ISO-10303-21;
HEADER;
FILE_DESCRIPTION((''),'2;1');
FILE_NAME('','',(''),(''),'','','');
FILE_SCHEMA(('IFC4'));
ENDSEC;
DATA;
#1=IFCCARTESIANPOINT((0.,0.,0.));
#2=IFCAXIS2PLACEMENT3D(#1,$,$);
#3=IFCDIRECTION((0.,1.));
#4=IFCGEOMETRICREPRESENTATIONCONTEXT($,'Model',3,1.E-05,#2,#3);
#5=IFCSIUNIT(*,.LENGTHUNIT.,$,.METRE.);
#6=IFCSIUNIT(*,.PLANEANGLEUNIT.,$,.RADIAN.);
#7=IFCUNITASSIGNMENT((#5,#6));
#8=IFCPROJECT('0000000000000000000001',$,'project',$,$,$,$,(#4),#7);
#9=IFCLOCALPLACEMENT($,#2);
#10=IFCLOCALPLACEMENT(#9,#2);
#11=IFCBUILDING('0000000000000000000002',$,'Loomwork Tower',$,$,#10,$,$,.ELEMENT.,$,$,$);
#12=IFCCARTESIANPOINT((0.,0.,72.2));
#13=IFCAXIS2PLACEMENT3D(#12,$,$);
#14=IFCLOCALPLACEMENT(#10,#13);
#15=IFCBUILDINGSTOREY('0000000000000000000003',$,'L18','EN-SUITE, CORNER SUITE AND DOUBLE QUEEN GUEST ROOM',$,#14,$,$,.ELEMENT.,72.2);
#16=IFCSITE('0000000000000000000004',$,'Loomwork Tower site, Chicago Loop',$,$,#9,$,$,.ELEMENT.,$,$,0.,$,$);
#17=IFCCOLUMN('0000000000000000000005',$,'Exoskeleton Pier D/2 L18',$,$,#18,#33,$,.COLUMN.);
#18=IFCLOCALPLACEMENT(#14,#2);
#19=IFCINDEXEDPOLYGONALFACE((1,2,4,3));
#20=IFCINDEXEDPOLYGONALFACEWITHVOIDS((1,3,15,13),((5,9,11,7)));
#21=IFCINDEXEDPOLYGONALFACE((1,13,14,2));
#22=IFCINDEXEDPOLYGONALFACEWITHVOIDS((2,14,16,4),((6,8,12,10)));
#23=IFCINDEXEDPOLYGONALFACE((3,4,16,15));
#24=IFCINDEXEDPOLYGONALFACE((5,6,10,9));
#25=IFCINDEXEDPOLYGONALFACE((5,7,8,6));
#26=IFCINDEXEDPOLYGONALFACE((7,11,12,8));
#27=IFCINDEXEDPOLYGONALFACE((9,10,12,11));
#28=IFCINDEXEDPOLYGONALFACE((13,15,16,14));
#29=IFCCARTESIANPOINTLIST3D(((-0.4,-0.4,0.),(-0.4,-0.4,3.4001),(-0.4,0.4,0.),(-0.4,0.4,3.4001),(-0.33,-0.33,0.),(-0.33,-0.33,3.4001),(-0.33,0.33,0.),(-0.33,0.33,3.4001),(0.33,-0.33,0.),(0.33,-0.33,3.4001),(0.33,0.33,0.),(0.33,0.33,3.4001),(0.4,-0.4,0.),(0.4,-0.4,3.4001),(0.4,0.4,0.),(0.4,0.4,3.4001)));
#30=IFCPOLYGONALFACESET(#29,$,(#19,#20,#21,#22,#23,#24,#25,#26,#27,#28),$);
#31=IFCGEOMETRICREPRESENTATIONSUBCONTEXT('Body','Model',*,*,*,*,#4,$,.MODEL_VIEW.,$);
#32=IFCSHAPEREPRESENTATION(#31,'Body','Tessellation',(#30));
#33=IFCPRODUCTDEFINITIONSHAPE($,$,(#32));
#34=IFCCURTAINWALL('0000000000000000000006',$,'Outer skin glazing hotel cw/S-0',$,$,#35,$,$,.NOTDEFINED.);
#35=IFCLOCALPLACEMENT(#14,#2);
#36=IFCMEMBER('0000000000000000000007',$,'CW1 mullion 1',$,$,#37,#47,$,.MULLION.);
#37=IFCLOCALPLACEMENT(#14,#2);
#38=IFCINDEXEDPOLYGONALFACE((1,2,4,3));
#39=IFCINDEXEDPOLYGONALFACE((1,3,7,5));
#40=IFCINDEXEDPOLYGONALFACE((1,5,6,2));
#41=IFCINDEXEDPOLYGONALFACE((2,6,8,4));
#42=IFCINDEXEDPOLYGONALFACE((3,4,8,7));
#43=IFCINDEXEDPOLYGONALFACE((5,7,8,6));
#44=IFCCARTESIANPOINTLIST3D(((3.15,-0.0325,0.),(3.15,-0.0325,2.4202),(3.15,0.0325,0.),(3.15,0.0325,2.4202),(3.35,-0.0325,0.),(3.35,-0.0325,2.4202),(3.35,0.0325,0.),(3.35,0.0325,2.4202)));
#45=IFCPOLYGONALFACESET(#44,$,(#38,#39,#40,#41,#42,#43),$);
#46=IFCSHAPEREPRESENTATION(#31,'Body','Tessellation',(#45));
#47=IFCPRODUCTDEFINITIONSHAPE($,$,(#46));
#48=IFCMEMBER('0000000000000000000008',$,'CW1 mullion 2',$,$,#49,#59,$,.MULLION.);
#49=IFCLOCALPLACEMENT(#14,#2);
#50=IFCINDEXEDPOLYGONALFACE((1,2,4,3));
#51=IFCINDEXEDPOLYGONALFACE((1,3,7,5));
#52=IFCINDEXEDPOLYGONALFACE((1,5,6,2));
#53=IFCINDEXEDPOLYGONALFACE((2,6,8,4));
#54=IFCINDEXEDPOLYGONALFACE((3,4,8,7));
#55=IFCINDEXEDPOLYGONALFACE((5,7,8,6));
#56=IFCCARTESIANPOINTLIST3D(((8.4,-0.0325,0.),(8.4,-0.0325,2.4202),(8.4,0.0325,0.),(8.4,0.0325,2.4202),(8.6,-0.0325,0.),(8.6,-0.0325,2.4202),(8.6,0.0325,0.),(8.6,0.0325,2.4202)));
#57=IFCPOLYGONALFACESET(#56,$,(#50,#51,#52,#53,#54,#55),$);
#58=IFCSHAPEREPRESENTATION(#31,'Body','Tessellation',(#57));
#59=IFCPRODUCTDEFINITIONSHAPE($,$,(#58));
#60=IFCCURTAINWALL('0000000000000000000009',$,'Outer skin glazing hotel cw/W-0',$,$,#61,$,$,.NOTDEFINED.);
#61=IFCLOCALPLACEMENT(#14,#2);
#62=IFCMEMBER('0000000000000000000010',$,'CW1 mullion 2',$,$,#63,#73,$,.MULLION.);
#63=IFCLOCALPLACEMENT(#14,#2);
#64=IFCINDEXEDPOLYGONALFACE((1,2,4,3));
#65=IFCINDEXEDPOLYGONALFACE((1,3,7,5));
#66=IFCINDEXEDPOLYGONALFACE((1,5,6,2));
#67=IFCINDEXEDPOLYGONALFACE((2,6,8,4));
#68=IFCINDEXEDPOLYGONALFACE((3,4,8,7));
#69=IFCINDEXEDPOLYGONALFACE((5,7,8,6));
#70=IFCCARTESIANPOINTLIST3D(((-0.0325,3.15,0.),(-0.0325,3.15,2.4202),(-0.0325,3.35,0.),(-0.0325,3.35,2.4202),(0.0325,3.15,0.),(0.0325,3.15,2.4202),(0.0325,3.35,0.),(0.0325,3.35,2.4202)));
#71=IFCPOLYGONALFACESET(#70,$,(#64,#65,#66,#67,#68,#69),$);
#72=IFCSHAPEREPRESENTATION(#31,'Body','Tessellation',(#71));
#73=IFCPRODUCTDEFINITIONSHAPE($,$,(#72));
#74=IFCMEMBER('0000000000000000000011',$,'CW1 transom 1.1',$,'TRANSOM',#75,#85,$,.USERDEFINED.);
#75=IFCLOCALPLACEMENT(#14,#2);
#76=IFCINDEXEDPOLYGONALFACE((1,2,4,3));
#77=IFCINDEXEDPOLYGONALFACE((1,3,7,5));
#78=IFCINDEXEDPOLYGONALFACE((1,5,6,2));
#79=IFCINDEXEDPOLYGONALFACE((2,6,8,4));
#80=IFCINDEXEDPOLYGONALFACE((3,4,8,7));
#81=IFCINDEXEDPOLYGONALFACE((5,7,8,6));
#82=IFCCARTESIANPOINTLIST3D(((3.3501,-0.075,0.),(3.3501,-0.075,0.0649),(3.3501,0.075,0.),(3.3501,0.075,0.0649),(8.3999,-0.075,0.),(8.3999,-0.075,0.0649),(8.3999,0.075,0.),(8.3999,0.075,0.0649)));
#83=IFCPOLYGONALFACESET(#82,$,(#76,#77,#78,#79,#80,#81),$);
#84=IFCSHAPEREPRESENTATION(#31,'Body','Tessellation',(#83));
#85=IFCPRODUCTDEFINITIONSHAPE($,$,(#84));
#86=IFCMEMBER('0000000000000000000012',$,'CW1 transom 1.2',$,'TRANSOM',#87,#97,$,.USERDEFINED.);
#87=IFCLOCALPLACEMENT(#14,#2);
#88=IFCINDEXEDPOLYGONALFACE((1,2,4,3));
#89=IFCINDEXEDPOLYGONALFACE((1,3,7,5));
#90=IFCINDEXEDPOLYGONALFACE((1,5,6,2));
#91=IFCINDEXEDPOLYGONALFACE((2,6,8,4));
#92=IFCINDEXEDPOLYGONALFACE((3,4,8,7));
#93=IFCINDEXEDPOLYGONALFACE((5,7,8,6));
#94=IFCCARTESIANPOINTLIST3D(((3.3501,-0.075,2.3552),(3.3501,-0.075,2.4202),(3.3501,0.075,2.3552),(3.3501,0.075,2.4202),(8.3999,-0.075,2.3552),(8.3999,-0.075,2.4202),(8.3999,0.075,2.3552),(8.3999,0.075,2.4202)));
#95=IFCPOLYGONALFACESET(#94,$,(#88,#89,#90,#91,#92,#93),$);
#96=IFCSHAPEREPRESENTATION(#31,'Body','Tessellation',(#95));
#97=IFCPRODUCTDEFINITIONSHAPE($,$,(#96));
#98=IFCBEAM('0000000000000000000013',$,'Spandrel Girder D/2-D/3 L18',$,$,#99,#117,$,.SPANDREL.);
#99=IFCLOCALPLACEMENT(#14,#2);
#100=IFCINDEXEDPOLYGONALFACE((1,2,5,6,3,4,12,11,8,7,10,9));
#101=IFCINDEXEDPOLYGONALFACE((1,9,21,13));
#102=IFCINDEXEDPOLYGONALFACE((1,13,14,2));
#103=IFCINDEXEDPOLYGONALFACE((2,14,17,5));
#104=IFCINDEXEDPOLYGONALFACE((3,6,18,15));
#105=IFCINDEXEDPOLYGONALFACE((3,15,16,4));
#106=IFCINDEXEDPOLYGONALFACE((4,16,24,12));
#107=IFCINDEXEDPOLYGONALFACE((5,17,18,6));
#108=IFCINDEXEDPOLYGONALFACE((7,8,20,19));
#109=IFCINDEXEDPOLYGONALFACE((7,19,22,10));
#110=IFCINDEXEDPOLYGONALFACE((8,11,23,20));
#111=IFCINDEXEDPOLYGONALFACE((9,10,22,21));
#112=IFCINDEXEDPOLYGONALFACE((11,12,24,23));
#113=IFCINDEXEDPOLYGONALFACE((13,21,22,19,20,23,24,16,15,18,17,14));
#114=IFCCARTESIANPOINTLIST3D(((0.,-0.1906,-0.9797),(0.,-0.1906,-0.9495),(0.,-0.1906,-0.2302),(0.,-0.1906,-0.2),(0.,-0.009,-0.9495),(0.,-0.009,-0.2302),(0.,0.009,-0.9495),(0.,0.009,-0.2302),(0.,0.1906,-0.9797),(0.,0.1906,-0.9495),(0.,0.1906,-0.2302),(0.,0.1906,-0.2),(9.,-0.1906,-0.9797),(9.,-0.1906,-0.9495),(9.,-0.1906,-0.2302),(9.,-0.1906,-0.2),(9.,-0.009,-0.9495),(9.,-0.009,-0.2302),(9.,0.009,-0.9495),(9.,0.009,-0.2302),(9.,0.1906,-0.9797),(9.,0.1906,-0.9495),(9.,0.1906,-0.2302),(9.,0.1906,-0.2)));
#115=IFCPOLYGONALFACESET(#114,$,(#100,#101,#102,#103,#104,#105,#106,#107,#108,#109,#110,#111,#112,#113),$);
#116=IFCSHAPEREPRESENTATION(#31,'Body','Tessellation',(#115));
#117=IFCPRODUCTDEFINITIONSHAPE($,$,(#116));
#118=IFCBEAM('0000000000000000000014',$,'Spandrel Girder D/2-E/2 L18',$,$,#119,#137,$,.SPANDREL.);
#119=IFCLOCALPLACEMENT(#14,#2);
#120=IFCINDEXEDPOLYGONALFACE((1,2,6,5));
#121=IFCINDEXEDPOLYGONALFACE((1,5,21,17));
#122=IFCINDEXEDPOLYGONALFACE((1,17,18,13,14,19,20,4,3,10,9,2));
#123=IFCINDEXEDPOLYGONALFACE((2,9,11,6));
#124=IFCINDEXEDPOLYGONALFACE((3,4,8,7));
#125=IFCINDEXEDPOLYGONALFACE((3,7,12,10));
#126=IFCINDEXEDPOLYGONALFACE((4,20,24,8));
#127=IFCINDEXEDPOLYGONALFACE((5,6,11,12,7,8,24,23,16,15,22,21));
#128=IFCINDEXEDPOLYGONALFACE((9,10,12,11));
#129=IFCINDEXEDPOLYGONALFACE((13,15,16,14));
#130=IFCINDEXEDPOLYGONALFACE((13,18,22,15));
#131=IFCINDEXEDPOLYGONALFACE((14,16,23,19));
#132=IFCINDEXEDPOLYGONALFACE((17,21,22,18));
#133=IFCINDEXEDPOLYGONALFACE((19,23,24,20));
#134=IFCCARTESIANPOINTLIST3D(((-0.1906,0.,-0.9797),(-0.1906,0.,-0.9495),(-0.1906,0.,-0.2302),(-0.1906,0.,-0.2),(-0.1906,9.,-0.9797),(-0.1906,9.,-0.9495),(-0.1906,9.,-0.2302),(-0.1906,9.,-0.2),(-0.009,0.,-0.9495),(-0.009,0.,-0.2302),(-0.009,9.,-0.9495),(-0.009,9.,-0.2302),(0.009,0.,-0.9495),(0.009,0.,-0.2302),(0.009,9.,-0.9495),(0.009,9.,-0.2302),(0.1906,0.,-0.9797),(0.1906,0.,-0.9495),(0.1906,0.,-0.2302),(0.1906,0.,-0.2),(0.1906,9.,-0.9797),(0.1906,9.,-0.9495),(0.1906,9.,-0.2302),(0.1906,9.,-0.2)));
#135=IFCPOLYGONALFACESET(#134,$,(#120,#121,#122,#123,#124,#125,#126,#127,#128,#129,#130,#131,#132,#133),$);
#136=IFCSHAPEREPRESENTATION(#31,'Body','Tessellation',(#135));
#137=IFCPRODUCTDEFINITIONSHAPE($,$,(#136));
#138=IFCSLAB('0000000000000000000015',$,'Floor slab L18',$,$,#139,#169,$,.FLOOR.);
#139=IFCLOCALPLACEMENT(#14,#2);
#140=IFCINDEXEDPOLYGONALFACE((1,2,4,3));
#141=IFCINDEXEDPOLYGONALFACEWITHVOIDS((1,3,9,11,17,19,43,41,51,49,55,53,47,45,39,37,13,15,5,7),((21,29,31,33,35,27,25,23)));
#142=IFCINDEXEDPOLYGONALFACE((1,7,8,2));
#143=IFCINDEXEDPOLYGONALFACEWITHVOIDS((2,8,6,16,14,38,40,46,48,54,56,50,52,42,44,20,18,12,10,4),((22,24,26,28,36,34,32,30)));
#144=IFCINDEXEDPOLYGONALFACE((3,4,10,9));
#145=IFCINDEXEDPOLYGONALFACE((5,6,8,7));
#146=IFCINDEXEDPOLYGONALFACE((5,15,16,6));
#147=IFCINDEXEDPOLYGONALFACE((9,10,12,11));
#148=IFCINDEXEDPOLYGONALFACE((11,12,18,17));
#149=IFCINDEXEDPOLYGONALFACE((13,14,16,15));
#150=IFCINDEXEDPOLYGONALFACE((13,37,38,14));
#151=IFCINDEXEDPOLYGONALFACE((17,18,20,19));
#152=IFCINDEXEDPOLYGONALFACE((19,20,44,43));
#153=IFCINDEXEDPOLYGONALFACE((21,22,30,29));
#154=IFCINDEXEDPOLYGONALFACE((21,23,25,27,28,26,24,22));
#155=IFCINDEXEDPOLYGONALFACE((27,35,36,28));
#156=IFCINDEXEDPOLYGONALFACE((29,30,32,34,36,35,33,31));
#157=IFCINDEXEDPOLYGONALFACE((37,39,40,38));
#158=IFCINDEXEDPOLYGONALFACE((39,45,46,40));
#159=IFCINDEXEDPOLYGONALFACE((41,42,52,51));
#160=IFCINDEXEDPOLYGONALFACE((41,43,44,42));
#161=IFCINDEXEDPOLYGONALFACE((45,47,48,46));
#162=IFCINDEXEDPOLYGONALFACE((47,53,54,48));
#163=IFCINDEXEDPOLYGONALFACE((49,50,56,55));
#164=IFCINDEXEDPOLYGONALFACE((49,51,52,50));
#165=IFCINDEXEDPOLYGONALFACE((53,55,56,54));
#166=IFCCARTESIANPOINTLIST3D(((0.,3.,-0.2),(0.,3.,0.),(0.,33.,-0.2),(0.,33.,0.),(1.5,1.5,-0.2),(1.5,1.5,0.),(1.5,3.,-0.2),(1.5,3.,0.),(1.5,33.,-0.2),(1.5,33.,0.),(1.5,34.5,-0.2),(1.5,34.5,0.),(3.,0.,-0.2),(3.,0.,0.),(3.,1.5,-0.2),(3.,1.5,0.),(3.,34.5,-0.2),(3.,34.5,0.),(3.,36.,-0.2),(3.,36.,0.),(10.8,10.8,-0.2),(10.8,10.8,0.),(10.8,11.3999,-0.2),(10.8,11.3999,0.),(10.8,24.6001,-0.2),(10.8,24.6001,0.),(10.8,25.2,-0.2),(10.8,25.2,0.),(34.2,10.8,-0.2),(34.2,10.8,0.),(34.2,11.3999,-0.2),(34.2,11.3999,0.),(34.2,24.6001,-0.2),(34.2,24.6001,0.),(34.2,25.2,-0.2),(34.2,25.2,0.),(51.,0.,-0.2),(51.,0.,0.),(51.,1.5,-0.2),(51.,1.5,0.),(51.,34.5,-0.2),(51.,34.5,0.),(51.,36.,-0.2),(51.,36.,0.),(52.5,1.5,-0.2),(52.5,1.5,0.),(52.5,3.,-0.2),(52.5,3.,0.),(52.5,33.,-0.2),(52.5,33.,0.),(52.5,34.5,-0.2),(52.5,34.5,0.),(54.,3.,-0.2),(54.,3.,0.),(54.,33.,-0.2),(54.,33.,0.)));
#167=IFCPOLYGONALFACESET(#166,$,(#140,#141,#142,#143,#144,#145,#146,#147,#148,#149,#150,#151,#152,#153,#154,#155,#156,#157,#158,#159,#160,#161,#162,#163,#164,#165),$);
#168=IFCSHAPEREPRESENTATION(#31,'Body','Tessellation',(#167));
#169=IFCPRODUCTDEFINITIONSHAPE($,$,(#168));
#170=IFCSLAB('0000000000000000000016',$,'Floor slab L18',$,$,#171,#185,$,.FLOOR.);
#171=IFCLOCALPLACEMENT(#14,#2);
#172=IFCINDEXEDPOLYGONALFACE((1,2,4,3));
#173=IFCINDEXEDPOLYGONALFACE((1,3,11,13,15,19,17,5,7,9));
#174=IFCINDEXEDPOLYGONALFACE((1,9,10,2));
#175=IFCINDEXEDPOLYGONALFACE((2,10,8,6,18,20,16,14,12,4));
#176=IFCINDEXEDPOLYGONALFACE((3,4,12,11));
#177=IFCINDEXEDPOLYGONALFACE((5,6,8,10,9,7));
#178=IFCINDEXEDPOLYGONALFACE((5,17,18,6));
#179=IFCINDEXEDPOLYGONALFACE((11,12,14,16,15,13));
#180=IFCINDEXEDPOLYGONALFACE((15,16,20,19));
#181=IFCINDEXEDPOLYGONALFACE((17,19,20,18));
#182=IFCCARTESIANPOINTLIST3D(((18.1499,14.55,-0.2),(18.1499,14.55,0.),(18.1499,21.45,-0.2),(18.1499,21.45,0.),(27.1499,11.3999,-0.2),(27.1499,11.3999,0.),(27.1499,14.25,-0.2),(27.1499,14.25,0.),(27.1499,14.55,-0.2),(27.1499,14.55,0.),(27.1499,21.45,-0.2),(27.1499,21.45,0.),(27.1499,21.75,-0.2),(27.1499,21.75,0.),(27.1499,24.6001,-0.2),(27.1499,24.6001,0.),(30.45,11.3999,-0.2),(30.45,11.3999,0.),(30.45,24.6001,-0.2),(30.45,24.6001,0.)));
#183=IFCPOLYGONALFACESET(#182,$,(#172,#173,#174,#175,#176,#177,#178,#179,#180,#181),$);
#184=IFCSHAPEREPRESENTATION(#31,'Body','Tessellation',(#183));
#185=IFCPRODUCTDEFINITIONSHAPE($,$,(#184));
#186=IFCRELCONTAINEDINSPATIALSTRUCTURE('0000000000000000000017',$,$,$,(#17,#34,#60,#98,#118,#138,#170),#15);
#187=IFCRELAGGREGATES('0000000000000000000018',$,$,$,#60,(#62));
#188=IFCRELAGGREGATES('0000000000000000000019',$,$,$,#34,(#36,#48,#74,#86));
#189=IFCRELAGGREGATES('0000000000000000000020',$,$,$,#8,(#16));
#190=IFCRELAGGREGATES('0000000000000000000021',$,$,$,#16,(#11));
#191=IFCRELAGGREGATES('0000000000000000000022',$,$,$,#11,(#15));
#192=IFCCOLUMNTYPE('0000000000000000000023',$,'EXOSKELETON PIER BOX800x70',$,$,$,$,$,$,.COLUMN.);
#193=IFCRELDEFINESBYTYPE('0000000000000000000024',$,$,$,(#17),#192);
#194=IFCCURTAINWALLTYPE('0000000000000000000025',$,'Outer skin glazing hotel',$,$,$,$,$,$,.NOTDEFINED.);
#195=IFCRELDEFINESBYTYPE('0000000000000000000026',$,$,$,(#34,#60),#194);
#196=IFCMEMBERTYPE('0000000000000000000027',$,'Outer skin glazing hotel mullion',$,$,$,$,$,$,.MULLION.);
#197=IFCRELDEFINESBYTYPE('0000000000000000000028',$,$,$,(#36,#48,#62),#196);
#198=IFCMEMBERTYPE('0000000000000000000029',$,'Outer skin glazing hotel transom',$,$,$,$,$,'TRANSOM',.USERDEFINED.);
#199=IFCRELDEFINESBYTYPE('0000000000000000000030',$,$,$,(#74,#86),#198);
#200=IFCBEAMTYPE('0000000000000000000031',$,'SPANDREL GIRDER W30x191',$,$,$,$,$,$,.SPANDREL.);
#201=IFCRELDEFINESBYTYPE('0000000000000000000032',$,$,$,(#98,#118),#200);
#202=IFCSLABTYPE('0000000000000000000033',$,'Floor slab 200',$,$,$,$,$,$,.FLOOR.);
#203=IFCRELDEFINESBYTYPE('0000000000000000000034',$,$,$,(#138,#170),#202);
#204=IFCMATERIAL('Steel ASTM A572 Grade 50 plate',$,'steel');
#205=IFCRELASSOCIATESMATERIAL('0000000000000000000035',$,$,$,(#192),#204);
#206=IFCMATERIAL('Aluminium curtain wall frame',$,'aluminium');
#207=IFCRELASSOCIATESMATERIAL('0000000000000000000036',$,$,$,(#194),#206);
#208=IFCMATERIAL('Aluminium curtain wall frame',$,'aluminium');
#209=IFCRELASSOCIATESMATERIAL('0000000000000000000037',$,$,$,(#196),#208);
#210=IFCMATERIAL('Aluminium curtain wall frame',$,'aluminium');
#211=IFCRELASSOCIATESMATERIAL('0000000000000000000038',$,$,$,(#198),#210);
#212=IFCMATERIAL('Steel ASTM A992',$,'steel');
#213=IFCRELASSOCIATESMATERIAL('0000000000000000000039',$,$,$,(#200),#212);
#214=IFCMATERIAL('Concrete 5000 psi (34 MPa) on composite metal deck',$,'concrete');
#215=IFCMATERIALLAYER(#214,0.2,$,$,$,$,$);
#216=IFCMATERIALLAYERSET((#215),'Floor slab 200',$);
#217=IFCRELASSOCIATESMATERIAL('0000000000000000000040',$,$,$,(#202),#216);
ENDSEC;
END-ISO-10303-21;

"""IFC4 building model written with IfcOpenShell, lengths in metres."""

from ifc_helpers import new_model, si_unit, direction, frame, origin, origin_with_axes, origin_2d, place, context, subcontext, project, spatial, polyline, rectangle, hollow_rectangle, i_section, outline, extrude, material, layer, layer_set, material_profile, profile_set, type_object, element, aggregate, save


model = new_model("IFC4")

# Units and contexts
model_context = context("Model", 3, precision=1e-05, world=origin(), true_north=direction((0.0, 1.0)))
body_context = subcontext(model_context, "Body", "Model", "MODEL_VIEW")
ifc_project = project(units=[si_unit("LENGTHUNIT", "METRE"), si_unit("PLANEANGLEUNIT", "RADIAN")], contexts=[model_context])

# Site, building, storey
site_placement = place(None, origin())
site = spatial("IfcSite", under=ifc_project, at=site_placement, Name="Loomwork Tower site, Chicago Loop", CompositionType="ELEMENT", RefElevation=0.0)
building_placement = place(site_placement, origin())
building = spatial("IfcBuilding", under=site, at=building_placement, Name="Loomwork Tower", CompositionType="ELEMENT")
storey_placement = place(building_placement, frame((0.0, 0.0, 72.2)))
storey = spatial("IfcBuildingStorey", under=building, at=storey_placement, Name="L18", Description="EN-SUITE, CORNER SUITE AND DOUBLE QUEEN GUEST ROOM", CompositionType="ELEMENT", Elevation=72.2)

# Column
ifc_material_1 = material(Name="Steel ASTM A572 Grade 50 plate", Category="steel")
ifc_material_profile_1 = material_profile(ifc_material_1, hollow_rectangle(XDim=0.8, YDim=0.8, WallThickness=0.0701, at=origin_2d()), Name="BOX800x70")
ifc_profile_set_1 = profile_set([ifc_material_profile_1], Name="Steel ASTM A572 Grade 50 plate")
column_type = type_object("IfcColumnType", Name="EXOSKELETON PIER BOX800x70", PredefinedType="COLUMN", material=ifc_profile_set_1)
column_placement = place(storey_placement, origin_with_axes())
element("IfcColumn", 1, at=column_placement, inside=storey, type_object=column_type, Name="Exoskeleton Pier D/2 L18", PredefinedType="COLUMN", context=body_context, shape_type="SweptSolid", body=[
    extrude(hollow_rectangle(XDim=0.8, YDim=0.8, WallThickness=0.0701, at=origin_2d()), origin(), (0.0, 0.0, 1.0), 3.4001),
])

# Curtain wall, members
ifc_material_2 = material(Name="Aluminium curtain wall frame", Category="aluminium")
curtain_wall_type = type_object("IfcCurtainWallType", Name="Outer skin glazing hotel", PredefinedType="NOTDEFINED", material=ifc_material_2)
curtain_wall_1_placement = place(storey_placement, origin())
curtain_wall_1 = element("IfcCurtainWall", 2, at=curtain_wall_1_placement, inside=storey, type_object=curtain_wall_type, Name="Outer skin glazing hotel cw/S-0", PredefinedType="NOTDEFINED")
ifc_material_3 = material(Name="Aluminium curtain wall frame", Category="aluminium")
ifc_material_profile_2 = material_profile(ifc_material_3, rectangle(XDim=0.0649, YDim=0.2, at=origin_2d()), Name="AL 65x200")
ifc_profile_set_2 = profile_set([ifc_material_profile_2], Name="Aluminium curtain wall frame")
member_type_1 = type_object("IfcMemberType", Name="Outer skin glazing hotel mullion", PredefinedType="MULLION", material=ifc_profile_set_2)
member_1_placement = place(storey_placement, frame((3.25, 0.0, 0.0), z_axis=(0.0, 0.0, 1.0), x_axis=(0.0, 1.0, 0.0)))
member_1 = element("IfcMember", 3, at=member_1_placement, type_object=member_type_1, Name="CW1 mullion 1", PredefinedType="MULLION", context=body_context, shape_type="SweptSolid", body=[
    extrude(rectangle(XDim=0.0649, YDim=0.2, at=origin_2d()), origin(), (0.0, 0.0, 1.0), 2.4202),
])
member_2_placement = place(storey_placement, frame((8.5, 0.0, 0.0), z_axis=(0.0, 0.0, 1.0), x_axis=(0.0, 1.0, 0.0)))
member_2 = element("IfcMember", 4, at=member_2_placement, type_object=member_type_1, Name="CW1 mullion 2", PredefinedType="MULLION", context=body_context, shape_type="SweptSolid", body=[
    extrude(rectangle(XDim=0.0649, YDim=0.2, at=origin_2d()), origin(), (0.0, 0.0, 1.0), 2.4202),
])

# Curtain wall, member
curtain_wall_2_placement = place(storey_placement, origin())
curtain_wall_2 = element("IfcCurtainWall", 5, at=curtain_wall_2_placement, inside=storey, type_object=curtain_wall_type, Name="Outer skin glazing hotel cw/W-0", PredefinedType="NOTDEFINED")
member_3_placement = place(storey_placement, frame((0.0, 3.25, 0.0), z_axis=(0.0, 0.0, 1.0), x_axis=(1.0, 0.0, 0.0)))
member_3 = element("IfcMember", 6, at=member_3_placement, type_object=member_type_1, Name="CW1 mullion 2", PredefinedType="MULLION", context=body_context, shape_type="SweptSolid", body=[
    extrude(rectangle(XDim=0.0649, YDim=0.2, at=origin_2d()), origin(), (0.0, 0.0, 1.0), 2.4202),
])
aggregate(curtain_wall_2, [member_3])

# Members
ifc_material_4 = material(Name="Aluminium curtain wall frame", Category="aluminium")
ifc_material_profile_3 = material_profile(ifc_material_4, rectangle(XDim=0.1499, YDim=0.0649, at=origin_2d()), Name="AL 65x150")
ifc_profile_set_3 = profile_set([ifc_material_profile_3], Name="Aluminium curtain wall frame")
member_type_2 = type_object("IfcMemberType", Name="Outer skin glazing hotel transom", ElementType="TRANSOM", PredefinedType="USERDEFINED", material=ifc_profile_set_3)
member_4_placement = place(storey_placement, frame((3.3501, 0.0, 0.0325), z_axis=(1.0, 0.0, 0.0), x_axis=(0.0, 1.0, 0.0)))
member_4 = element("IfcMember", 7, at=member_4_placement, type_object=member_type_2, Name="CW1 transom 1.1", ObjectType="TRANSOM", PredefinedType="USERDEFINED", context=body_context, shape_type="SweptSolid", body=[
    extrude(rectangle(XDim=0.1499, YDim=0.0649, at=origin_2d()), origin(), (0.0, 0.0, 1.0), 5.0498),
])
member_5_placement = place(storey_placement, frame((3.3501, 0.0, 2.3877), z_axis=(1.0, 0.0, 0.0), x_axis=(0.0, 1.0, 0.0)))
member_5 = element("IfcMember", 8, at=member_5_placement, type_object=member_type_2, Name="CW1 transom 1.2", ObjectType="TRANSOM", PredefinedType="USERDEFINED", context=body_context, shape_type="SweptSolid", body=[
    extrude(rectangle(XDim=0.1499, YDim=0.0649, at=origin_2d()), origin(), (0.0, 0.0, 1.0), 5.0498),
])

# Beams
ifc_material_5 = material(Name="Steel ASTM A992", Category="steel")
ifc_material_profile_4 = material_profile(ifc_material_5, i_section(OverallWidth=0.3811, OverallDepth=0.7798, WebThickness=0.0181, FlangeThickness=0.0303, at=origin_2d()), Name="W30x191")
ifc_profile_set_4 = profile_set([ifc_material_profile_4], Name="Steel ASTM A992")
beam_type = type_object("IfcBeamType", Name="SPANDREL GIRDER W30x191", PredefinedType="SPANDREL", material=ifc_profile_set_4)
for number, where, z_axis, x_axis, name in (
    (9, (0.0, 0.0, -0.5898), (1.0, 0.0, 0.0), (0.0, 1.0, 0.0), "Spandrel Girder D/2-D/3 L18"),
    (10, (0.0, 0.0, -0.5898), (0.0, 1.0, 0.0), (-1.0, 0.0, 0.0), "Spandrel Girder D/2-E/2 L18"),
):
    element("IfcBeam", number, at=place(storey_placement, frame(where, z_axis=z_axis, x_axis=x_axis)), inside=storey, type_object=beam_type, Name=name, PredefinedType="SPANDREL", context=body_context, shape_type="SweptSolid", body=[
        extrude(i_section(OverallWidth=0.3811, OverallDepth=0.7798, WebThickness=0.0181, FlangeThickness=0.0303, at=origin_2d()), origin(), (0.0, 0.0, 1.0), 9.0),
    ])

# Slabs
ifc_material_6 = material(Name="Concrete 5000 psi (34 MPa) on composite metal deck", Category="concrete")
ifc_layer_1 = layer(ifc_material_6, 0.2)
ifc_layer_set_1 = layer_set([ifc_layer_1], Name="Floor slab 200")
slab_type_1 = type_object("IfcSlabType", Name="Floor slab 200", PredefinedType="FLOOR", material=ifc_layer_set_1)
slab_1_placement = place(storey_placement, frame((0.0, 0.0, -0.2)))
element("IfcSlab", 11, at=slab_1_placement, inside=storey, type_object=slab_type_1, Name="Floor slab L18", PredefinedType="FLOOR", context=body_context, shape_type="SweptSolid", body=[
    extrude(outline(polyline([(3.0, 1.5), (1.5, 1.5), (1.5, 3.0), (0.0, 3.0), (0.0, 33.0), (1.5, 33.0), (1.5, 34.5), (3.0, 34.5), (3.0, 36.0), (51.0, 36.0), (51.0, 34.5), (52.5, 34.5), (52.5, 33.0), (54.0, 33.0), (54.0, 3.0), (52.5, 3.0), (52.5, 1.5), (51.0, 1.5), (51.0, 0.0), (3.0, 0.0), (3.0, 1.5)]), holes=[polyline([(10.8, 11.3999), (10.8, 11.3999), (10.8, 10.8), (34.2, 10.8), (34.2, 11.3999), (34.2, 11.3999), (34.2, 24.6001), (34.2, 25.2), (10.8, 25.2), (10.8, 24.6001), (10.8, 11.3999)])]), origin(), (0.0, 0.0, 1.0), 0.2),
])
slab_2_placement = place(storey_placement, frame((0.0, 0.0, -0.2)))
element("IfcSlab", 12, at=slab_2_placement, inside=storey, type_object=slab_type_1, Name="Floor slab L18", PredefinedType="FLOOR", context=body_context, shape_type="SweptSolid", body=[
    extrude(outline(polyline([(30.45, 24.6001), (30.45, 11.3999), (27.1499, 11.3999), (27.1499, 14.25), (27.1499, 14.55), (18.1499, 14.55), (18.1499, 21.45), (27.1499, 21.45), (27.1499, 21.75), (27.1499, 24.6001), (30.45, 24.6001)])), origin(), (0.0, 0.0, 1.0), 0.2),
])

aggregate(curtain_wall_1, [member_1, member_2, member_4, member_5])

save(model, "model.ifc")
